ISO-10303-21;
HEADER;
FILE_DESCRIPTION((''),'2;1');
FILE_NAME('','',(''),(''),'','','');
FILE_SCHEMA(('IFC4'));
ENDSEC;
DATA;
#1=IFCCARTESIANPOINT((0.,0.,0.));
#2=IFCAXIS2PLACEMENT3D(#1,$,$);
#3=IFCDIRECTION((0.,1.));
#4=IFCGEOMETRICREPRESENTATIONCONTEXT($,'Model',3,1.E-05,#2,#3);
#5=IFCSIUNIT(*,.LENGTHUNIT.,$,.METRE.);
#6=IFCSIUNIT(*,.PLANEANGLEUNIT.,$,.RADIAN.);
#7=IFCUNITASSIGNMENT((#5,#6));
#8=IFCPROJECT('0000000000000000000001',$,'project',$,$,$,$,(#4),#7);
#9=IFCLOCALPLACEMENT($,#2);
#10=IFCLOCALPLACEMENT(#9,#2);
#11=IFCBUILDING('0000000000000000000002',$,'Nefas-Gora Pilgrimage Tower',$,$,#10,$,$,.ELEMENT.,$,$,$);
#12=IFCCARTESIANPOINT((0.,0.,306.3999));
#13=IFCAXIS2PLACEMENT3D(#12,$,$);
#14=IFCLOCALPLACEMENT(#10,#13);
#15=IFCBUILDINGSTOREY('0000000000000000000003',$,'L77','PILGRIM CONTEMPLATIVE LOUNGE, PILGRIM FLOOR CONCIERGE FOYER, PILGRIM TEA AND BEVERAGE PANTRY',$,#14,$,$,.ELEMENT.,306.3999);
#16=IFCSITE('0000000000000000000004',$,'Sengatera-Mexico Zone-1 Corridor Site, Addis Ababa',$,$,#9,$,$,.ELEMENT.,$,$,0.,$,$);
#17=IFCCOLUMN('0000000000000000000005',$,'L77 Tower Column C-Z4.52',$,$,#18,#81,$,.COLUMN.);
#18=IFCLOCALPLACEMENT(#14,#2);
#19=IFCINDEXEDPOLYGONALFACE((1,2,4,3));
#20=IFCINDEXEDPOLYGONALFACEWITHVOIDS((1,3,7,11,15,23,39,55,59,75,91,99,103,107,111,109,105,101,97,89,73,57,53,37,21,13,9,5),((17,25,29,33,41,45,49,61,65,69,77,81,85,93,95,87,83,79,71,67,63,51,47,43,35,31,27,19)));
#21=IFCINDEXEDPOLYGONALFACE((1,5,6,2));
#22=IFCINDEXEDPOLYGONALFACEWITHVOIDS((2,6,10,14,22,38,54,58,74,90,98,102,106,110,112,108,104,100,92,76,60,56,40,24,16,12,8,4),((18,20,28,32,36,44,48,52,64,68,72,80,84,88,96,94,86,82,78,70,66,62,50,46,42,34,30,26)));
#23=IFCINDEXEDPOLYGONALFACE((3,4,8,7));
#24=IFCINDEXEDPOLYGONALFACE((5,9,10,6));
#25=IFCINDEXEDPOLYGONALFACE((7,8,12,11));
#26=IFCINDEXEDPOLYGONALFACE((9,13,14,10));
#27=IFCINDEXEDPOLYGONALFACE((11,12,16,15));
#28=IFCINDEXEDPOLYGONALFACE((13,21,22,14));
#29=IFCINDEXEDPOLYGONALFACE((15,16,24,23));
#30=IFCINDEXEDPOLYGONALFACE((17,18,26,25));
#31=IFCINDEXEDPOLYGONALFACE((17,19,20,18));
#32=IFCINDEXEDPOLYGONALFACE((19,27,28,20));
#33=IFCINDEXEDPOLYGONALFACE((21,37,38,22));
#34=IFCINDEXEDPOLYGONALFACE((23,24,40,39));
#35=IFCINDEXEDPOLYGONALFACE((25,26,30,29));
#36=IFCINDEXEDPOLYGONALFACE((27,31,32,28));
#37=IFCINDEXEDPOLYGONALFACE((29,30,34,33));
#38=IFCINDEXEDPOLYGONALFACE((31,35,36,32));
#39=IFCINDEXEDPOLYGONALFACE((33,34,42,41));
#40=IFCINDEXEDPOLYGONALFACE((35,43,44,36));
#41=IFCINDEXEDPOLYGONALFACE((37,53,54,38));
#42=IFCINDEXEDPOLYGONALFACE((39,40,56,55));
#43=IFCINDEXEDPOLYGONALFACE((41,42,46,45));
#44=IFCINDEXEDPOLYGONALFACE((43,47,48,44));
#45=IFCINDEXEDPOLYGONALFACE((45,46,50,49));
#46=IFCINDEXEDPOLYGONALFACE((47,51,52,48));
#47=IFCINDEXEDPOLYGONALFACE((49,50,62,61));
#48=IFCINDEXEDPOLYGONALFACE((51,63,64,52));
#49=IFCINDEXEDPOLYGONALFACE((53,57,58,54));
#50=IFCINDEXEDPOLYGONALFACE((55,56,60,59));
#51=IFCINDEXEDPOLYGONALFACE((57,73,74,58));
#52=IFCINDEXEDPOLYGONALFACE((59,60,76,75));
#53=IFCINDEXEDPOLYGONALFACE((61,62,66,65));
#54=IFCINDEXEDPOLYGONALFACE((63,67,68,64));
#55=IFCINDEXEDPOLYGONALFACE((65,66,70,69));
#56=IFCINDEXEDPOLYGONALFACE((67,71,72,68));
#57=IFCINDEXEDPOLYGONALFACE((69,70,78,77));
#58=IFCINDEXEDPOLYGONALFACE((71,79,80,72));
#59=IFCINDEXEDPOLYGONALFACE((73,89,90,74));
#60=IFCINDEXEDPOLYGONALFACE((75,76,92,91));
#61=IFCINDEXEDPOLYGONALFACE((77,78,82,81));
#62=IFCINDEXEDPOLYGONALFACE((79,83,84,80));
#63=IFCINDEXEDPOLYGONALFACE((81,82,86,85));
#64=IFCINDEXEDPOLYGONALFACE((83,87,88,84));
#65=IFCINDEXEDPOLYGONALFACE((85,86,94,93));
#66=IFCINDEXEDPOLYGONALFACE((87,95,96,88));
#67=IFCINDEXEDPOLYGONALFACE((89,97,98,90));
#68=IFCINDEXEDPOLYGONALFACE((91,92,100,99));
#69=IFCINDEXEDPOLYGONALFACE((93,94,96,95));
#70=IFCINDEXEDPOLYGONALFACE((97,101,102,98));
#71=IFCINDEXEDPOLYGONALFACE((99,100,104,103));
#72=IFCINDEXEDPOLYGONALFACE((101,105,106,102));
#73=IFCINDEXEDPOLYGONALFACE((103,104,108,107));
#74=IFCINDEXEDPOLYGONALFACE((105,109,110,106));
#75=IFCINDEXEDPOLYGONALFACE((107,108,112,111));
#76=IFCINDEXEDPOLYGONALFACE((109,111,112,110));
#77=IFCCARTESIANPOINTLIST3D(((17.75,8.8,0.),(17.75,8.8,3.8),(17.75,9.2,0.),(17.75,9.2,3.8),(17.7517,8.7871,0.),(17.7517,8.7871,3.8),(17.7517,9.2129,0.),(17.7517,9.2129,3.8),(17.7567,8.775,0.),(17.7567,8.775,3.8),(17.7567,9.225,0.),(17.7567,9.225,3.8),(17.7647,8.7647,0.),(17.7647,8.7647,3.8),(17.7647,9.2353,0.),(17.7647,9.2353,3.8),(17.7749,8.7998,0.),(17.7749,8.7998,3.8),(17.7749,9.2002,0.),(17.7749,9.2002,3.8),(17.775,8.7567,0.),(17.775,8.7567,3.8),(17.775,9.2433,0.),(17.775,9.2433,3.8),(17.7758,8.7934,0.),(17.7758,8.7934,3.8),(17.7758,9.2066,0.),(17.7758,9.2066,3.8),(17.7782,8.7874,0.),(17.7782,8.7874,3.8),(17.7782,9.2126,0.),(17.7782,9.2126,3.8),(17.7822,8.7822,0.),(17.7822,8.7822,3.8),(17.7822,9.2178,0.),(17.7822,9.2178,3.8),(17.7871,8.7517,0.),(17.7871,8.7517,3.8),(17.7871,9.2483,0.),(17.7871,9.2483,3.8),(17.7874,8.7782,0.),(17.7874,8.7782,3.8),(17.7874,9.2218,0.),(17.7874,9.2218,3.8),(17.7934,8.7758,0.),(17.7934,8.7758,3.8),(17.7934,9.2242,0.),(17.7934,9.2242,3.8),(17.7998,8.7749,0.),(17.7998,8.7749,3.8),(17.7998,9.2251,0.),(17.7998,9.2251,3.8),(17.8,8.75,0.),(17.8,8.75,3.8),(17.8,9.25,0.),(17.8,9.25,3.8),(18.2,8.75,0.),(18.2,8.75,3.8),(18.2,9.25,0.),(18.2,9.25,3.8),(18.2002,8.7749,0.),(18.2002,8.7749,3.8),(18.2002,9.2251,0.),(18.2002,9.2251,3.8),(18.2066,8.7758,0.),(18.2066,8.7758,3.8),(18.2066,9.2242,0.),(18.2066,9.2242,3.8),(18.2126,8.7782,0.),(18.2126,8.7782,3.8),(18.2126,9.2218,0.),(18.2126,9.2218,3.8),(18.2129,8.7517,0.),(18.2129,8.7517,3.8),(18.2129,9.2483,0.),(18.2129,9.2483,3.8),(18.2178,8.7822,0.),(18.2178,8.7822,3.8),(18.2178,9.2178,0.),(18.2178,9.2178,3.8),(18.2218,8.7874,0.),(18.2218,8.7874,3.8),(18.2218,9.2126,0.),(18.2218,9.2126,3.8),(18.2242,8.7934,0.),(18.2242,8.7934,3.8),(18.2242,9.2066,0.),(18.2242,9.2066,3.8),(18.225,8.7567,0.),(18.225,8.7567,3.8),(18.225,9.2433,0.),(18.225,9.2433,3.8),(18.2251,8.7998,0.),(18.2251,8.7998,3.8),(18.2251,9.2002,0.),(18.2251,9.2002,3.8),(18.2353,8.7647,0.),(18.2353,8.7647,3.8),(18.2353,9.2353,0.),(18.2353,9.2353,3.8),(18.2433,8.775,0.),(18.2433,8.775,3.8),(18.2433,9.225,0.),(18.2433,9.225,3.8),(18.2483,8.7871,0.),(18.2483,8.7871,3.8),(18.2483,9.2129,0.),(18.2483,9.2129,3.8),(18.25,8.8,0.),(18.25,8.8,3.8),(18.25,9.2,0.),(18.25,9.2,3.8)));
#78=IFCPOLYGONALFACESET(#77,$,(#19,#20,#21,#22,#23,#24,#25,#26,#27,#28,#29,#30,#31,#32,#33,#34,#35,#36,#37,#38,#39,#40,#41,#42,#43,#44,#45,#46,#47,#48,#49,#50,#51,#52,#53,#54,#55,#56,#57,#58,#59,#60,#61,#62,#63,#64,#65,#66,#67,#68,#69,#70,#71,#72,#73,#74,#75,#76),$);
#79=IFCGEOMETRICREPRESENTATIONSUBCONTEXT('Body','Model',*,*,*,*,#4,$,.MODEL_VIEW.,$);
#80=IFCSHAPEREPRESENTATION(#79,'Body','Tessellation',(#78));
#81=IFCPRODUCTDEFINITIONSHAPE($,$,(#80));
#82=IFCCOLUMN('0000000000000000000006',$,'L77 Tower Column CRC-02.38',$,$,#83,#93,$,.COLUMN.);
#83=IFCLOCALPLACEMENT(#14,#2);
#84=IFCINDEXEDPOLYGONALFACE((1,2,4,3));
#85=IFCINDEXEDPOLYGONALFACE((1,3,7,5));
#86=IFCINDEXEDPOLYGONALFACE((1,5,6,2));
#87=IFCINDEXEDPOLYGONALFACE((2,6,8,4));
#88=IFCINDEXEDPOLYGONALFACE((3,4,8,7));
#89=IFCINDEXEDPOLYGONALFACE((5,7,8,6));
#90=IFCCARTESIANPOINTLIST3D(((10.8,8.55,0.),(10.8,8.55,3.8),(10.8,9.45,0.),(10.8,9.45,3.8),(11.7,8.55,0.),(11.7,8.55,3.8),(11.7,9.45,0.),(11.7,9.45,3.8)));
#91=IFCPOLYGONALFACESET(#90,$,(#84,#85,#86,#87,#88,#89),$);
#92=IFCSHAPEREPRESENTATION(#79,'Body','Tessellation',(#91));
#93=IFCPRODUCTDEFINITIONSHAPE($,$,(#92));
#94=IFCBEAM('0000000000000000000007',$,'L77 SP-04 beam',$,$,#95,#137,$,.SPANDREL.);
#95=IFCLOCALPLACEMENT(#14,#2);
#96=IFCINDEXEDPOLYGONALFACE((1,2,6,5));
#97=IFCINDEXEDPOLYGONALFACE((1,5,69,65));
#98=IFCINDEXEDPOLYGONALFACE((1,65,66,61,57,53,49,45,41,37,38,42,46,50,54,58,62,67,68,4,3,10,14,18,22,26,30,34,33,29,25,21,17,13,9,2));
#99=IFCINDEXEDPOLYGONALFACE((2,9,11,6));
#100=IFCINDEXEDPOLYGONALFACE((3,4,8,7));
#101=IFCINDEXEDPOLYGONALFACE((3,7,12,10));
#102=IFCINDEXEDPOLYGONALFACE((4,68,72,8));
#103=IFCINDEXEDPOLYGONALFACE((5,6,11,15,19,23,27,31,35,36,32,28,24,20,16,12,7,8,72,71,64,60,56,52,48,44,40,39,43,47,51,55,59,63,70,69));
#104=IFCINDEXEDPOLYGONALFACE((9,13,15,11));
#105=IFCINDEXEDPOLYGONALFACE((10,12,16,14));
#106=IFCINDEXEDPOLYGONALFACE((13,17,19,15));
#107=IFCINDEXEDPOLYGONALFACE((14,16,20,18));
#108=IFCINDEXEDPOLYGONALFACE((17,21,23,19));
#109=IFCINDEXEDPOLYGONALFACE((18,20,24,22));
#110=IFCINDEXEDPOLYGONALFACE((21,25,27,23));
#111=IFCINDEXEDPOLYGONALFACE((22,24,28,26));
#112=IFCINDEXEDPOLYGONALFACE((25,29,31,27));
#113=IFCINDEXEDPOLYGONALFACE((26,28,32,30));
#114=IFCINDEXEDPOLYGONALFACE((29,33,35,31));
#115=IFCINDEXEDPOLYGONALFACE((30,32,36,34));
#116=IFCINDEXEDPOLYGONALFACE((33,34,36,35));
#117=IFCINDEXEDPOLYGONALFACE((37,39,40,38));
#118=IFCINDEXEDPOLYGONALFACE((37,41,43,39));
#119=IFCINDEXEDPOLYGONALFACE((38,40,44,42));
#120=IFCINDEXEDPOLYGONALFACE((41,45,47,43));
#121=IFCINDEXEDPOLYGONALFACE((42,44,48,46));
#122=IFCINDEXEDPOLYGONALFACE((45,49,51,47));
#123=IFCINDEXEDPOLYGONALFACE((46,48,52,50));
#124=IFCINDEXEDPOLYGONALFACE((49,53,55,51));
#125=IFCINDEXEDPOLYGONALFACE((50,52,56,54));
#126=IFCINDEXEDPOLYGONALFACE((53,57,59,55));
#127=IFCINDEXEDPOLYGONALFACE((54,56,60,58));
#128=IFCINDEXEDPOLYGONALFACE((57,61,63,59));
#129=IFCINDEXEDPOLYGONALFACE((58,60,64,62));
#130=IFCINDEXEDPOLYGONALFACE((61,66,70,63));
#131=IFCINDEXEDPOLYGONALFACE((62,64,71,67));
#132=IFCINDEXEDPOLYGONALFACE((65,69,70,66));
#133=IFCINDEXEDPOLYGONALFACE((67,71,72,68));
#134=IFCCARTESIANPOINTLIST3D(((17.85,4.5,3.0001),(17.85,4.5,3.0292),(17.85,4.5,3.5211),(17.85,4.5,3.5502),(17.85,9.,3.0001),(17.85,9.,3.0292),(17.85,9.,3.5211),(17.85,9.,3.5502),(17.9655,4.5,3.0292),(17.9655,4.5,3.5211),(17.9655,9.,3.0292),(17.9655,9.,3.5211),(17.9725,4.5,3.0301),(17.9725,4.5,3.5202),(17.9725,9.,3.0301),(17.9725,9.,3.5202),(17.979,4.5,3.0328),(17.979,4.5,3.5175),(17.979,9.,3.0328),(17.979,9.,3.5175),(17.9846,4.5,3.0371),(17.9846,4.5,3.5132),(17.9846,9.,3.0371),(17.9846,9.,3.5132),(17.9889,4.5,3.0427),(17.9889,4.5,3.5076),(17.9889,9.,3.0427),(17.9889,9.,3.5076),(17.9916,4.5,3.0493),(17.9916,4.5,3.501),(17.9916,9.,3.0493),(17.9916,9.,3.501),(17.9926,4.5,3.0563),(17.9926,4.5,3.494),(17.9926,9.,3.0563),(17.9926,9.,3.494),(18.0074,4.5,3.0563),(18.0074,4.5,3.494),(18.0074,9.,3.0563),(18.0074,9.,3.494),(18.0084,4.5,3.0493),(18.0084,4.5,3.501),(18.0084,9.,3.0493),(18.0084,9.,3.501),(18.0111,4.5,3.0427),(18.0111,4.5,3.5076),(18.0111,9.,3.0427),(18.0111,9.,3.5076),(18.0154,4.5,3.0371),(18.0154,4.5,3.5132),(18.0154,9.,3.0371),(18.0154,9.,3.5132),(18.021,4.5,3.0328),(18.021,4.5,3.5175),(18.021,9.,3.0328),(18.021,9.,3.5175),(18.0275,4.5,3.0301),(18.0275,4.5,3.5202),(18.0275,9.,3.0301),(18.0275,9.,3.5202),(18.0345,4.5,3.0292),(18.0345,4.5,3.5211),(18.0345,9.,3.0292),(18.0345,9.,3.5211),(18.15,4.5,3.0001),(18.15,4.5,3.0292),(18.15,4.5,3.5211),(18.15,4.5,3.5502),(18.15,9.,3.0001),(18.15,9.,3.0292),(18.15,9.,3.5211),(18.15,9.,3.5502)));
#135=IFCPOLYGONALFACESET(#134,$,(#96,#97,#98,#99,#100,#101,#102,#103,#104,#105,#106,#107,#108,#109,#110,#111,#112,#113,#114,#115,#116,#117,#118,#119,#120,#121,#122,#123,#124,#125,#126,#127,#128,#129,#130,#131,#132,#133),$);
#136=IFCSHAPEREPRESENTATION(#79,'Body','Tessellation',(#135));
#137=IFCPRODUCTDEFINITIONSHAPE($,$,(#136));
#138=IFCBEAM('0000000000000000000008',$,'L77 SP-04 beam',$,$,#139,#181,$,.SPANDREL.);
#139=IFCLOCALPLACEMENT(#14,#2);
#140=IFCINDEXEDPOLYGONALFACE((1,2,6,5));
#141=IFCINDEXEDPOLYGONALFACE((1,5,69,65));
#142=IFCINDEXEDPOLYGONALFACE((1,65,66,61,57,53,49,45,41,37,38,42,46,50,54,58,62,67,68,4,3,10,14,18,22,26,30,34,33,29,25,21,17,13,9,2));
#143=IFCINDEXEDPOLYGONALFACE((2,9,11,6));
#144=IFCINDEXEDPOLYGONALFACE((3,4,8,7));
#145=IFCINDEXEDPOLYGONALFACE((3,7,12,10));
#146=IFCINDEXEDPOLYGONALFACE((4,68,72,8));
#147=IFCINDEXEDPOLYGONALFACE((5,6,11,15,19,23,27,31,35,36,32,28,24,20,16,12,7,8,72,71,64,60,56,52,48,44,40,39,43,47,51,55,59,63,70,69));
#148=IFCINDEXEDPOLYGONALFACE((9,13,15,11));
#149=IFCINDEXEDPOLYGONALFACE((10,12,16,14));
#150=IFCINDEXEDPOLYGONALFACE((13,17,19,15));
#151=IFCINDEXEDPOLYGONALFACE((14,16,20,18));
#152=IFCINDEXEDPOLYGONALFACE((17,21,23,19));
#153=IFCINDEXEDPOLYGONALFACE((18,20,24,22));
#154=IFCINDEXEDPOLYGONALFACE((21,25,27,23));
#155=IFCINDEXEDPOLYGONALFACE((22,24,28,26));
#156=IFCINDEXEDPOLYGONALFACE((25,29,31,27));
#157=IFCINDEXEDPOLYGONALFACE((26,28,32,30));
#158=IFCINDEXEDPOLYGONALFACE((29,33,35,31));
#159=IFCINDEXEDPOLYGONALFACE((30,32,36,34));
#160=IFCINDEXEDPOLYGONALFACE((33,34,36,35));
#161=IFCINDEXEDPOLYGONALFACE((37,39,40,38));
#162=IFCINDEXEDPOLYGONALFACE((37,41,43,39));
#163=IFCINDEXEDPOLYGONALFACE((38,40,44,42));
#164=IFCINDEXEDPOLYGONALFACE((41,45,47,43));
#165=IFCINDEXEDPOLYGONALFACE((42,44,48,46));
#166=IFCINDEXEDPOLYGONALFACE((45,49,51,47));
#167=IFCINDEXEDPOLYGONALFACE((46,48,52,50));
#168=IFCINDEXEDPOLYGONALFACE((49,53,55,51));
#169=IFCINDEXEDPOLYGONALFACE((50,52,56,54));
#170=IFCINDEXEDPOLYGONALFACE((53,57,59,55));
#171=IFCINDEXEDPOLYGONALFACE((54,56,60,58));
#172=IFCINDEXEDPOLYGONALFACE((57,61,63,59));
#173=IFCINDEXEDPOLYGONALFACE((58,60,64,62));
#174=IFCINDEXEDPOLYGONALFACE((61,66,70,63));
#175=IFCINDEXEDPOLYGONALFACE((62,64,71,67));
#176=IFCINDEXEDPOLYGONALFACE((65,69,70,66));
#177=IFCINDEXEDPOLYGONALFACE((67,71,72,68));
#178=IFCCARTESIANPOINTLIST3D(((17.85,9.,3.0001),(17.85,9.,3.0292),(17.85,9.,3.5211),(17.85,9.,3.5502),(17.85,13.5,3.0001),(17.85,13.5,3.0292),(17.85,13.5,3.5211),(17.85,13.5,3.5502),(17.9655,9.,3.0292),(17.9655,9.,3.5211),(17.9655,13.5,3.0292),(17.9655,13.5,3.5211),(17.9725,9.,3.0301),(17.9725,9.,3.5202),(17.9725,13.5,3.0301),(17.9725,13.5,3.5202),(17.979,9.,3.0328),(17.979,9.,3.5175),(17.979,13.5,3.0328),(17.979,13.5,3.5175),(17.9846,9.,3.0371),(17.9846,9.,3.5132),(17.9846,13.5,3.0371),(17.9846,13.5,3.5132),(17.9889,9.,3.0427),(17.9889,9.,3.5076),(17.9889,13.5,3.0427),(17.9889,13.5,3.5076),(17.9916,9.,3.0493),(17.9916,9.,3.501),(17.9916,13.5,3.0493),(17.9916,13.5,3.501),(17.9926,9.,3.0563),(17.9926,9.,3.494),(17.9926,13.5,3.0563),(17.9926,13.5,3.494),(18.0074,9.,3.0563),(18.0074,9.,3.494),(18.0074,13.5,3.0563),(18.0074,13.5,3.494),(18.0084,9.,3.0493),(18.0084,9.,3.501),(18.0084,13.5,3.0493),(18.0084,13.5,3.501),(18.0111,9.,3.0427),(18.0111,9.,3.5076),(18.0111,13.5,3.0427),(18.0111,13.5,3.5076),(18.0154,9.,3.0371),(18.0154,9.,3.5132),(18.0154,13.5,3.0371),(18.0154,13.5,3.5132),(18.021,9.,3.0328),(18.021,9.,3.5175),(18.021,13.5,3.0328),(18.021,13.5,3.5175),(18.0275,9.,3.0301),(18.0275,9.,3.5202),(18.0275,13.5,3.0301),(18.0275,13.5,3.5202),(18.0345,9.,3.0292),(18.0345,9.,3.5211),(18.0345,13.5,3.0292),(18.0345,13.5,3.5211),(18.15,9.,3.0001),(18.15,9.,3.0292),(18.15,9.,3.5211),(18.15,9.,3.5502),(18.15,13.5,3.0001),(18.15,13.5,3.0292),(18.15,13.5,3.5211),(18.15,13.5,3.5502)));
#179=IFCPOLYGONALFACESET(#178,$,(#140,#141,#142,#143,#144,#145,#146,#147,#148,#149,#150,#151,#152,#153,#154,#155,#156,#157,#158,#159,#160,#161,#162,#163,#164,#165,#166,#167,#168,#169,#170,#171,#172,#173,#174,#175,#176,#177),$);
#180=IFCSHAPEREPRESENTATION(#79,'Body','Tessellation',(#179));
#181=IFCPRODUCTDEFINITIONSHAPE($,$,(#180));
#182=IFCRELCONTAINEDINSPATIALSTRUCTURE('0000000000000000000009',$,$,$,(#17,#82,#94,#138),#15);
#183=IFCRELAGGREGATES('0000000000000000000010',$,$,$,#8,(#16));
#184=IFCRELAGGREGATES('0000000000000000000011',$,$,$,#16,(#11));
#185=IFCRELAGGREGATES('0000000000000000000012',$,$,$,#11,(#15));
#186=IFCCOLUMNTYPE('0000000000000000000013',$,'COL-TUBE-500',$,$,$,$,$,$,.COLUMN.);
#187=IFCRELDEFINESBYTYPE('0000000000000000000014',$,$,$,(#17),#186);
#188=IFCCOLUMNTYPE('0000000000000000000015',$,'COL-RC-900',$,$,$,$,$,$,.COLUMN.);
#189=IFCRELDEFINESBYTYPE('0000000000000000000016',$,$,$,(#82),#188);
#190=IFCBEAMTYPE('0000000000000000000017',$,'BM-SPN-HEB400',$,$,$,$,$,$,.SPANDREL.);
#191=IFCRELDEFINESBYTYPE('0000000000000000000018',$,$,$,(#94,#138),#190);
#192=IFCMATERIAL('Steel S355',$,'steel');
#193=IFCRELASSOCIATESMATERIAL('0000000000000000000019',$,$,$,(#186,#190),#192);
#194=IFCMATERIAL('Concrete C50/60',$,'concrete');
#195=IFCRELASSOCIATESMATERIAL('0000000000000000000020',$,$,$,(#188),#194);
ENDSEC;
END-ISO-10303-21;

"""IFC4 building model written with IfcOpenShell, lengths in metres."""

from ifc_helpers import new_model, si_unit, direction, frame, origin, origin_2d, place, context, subcontext, project, spatial, rectangle, hollow_rectangle, i_section, extrude, source, transform, mapped, material, material_profile, profile_set, type_object, element, save


model = new_model("IFC4")

# Units and contexts
model_context = context("Model", 3, precision=1e-05, world=origin(), true_north=direction((0.0, 1.0)))
body_context = subcontext(model_context, "Body", "Model", "MODEL_VIEW")
ifc_project = project(units=[si_unit("LENGTHUNIT", "METRE"), si_unit("PLANEANGLEUNIT", "RADIAN")], contexts=[model_context])

# Site, building, storey
site_placement = place(None, origin())
site = spatial("IfcSite", under=ifc_project, at=site_placement, Name="Sengatera-Mexico Zone-1 Corridor Site, Addis Ababa", CompositionType="ELEMENT", RefElevation=0.0)
building_placement = place(site_placement, origin())
building = spatial("IfcBuilding", under=site, at=building_placement, Name="Nefas-Gora Pilgrimage Tower", CompositionType="ELEMENT")
storey_placement = place(building_placement, frame((0.0, 0.0, 306.3999)))
storey = spatial("IfcBuildingStorey", under=building, at=storey_placement, Name="L77", Description="PILGRIM CONTEMPLATIVE LOUNGE, PILGRIM FLOOR CONCIERGE FOYER, PILGRIM TEA AND BEVERAGE PANTRY", CompositionType="ELEMENT", Elevation=306.3999)

# Columns
ifc_material_1 = material(Name="Steel S355", Category="steel")
ifc_material_profile_1 = material_profile(ifc_material_1, hollow_rectangle(XDim=0.5, YDim=0.5, WallThickness=0.0249, InnerFilletRadius=0.0249, OuterFilletRadius=0.05, at=origin_2d()), Name="SHS 500x500x25")
ifc_profile_set_1 = profile_set([ifc_material_profile_1], Name="Steel S355")
column_type_1 = type_object("IfcColumnType", Name="COL-TUBE-500", PredefinedType="COLUMN", material=ifc_profile_set_1)
shared_shape_1 = source(origin(), body_context, "Body", "SweptSolid", [
    extrude(hollow_rectangle(XDim=0.5, YDim=0.5, WallThickness=0.0249, InnerFilletRadius=0.0249, OuterFilletRadius=0.05, at=origin_2d()), origin(), (0.0, 0.0, 1.0), 3.8),
])
for number, where, z_axis, x_axis, name in (
    (1, (18.0, 9.0, 0.0), (0.0, 0.0, 1.0), (1.0, 0.0, 0.0), "L77 Tower Column C-Z4.52"),
):
    element("IfcColumn", number, at=place(storey_placement, frame(where, z_axis=z_axis, x_axis=x_axis)), inside=storey, type_object=column_type_1, Name=name, PredefinedType="COLUMN", context=body_context, shape_type="MappedRepresentation", body=[
        mapped(shared_shape_1, transform((0.0, 0.0, 0.0), x_axis=(1.0, 0.0, 0.0), y_axis=(0.0, 1.0, 0.0), z_axis=(0.0, 0.0, 1.0), scale=1.0)),
    ])
ifc_material_2 = material(Name="Concrete C50/60", Category="concrete")
ifc_material_profile_2 = material_profile(ifc_material_2, rectangle(XDim=0.8999, YDim=0.8999, at=origin_2d()), Name="RC 900x900")
ifc_profile_set_2 = profile_set([ifc_material_profile_2], Name="Concrete C50/60")
column_type_2 = type_object("IfcColumnType", Name="COL-RC-900", PredefinedType="COLUMN", material=ifc_profile_set_2)
shared_shape_2 = source(origin(), body_context, "Body", "SweptSolid", [
    extrude(rectangle(XDim=0.8999, YDim=0.8999, at=origin_2d()), origin(), (0.0, 0.0, 1.0), 3.8),
])
column_placement = place(storey_placement, frame((11.25, 9.0, 0.0), z_axis=(0.0, 0.0, 1.0), x_axis=(1.0, 0.0, 0.0)))
element("IfcColumn", 2, at=column_placement, inside=storey, type_object=column_type_2, Name="L77 Tower Column CRC-02.38", PredefinedType="COLUMN", context=body_context, shape_type="MappedRepresentation", body=[
    mapped(shared_shape_2, transform((0.0, 0.0, 0.0), x_axis=(1.0, 0.0, 0.0), y_axis=(0.0, 1.0, 0.0), z_axis=(0.0, 0.0, 1.0), scale=1.0)),
])

# Beams
ifc_material_profile_3 = material_profile(ifc_material_1, i_section(OverallWidth=0.3, OverallDepth=0.55, WebThickness=0.0149, FlangeThickness=0.0291, FilletRadius=0.0271, at=origin_2d()), Name="HEB 550")
ifc_profile_set_3 = profile_set([ifc_material_profile_3], Name="Steel S355")
beam_type_1 = type_object("IfcBeamType", Name="BM-SPN-HEB400", PredefinedType="SPANDREL", material=ifc_profile_set_3)
shared_shape_3 = source(origin(), body_context, "Body", "SweptSolid", [
    extrude(i_section(OverallWidth=0.3, OverallDepth=0.55, WebThickness=0.0149, FlangeThickness=0.0291, FilletRadius=0.0271, at=origin_2d()), origin(), (0.0, 0.0, 1.0), 4.5),
])
for number, where, z_axis, x_axis, name in (
    (3, (18.0, 4.5, 3.2751), (0.0, 1.0, 0.0), (-1.0, 0.0, 0.0), "L77 SP-04 beam"),
    (4, (18.0, 9.0, 3.2751), (0.0, 1.0, 0.0), (-1.0, 0.0, 0.0), "L77 SP-04 beam"),
):
    element("IfcBeam", number, at=place(storey_placement, frame(where, z_axis=z_axis, x_axis=x_axis)), inside=storey, type_object=beam_type_1, Name=name, PredefinedType="SPANDREL", context=body_context, shape_type="MappedRepresentation", body=[
        mapped(shared_shape_3, transform((0.0, 0.0, 0.0), x_axis=(1.0, 0.0, 0.0), y_axis=(0.0, 1.0, 0.0), z_axis=(0.0, 0.0, 1.0), scale=1.0)),
    ])

save(model, "model.ifc")
